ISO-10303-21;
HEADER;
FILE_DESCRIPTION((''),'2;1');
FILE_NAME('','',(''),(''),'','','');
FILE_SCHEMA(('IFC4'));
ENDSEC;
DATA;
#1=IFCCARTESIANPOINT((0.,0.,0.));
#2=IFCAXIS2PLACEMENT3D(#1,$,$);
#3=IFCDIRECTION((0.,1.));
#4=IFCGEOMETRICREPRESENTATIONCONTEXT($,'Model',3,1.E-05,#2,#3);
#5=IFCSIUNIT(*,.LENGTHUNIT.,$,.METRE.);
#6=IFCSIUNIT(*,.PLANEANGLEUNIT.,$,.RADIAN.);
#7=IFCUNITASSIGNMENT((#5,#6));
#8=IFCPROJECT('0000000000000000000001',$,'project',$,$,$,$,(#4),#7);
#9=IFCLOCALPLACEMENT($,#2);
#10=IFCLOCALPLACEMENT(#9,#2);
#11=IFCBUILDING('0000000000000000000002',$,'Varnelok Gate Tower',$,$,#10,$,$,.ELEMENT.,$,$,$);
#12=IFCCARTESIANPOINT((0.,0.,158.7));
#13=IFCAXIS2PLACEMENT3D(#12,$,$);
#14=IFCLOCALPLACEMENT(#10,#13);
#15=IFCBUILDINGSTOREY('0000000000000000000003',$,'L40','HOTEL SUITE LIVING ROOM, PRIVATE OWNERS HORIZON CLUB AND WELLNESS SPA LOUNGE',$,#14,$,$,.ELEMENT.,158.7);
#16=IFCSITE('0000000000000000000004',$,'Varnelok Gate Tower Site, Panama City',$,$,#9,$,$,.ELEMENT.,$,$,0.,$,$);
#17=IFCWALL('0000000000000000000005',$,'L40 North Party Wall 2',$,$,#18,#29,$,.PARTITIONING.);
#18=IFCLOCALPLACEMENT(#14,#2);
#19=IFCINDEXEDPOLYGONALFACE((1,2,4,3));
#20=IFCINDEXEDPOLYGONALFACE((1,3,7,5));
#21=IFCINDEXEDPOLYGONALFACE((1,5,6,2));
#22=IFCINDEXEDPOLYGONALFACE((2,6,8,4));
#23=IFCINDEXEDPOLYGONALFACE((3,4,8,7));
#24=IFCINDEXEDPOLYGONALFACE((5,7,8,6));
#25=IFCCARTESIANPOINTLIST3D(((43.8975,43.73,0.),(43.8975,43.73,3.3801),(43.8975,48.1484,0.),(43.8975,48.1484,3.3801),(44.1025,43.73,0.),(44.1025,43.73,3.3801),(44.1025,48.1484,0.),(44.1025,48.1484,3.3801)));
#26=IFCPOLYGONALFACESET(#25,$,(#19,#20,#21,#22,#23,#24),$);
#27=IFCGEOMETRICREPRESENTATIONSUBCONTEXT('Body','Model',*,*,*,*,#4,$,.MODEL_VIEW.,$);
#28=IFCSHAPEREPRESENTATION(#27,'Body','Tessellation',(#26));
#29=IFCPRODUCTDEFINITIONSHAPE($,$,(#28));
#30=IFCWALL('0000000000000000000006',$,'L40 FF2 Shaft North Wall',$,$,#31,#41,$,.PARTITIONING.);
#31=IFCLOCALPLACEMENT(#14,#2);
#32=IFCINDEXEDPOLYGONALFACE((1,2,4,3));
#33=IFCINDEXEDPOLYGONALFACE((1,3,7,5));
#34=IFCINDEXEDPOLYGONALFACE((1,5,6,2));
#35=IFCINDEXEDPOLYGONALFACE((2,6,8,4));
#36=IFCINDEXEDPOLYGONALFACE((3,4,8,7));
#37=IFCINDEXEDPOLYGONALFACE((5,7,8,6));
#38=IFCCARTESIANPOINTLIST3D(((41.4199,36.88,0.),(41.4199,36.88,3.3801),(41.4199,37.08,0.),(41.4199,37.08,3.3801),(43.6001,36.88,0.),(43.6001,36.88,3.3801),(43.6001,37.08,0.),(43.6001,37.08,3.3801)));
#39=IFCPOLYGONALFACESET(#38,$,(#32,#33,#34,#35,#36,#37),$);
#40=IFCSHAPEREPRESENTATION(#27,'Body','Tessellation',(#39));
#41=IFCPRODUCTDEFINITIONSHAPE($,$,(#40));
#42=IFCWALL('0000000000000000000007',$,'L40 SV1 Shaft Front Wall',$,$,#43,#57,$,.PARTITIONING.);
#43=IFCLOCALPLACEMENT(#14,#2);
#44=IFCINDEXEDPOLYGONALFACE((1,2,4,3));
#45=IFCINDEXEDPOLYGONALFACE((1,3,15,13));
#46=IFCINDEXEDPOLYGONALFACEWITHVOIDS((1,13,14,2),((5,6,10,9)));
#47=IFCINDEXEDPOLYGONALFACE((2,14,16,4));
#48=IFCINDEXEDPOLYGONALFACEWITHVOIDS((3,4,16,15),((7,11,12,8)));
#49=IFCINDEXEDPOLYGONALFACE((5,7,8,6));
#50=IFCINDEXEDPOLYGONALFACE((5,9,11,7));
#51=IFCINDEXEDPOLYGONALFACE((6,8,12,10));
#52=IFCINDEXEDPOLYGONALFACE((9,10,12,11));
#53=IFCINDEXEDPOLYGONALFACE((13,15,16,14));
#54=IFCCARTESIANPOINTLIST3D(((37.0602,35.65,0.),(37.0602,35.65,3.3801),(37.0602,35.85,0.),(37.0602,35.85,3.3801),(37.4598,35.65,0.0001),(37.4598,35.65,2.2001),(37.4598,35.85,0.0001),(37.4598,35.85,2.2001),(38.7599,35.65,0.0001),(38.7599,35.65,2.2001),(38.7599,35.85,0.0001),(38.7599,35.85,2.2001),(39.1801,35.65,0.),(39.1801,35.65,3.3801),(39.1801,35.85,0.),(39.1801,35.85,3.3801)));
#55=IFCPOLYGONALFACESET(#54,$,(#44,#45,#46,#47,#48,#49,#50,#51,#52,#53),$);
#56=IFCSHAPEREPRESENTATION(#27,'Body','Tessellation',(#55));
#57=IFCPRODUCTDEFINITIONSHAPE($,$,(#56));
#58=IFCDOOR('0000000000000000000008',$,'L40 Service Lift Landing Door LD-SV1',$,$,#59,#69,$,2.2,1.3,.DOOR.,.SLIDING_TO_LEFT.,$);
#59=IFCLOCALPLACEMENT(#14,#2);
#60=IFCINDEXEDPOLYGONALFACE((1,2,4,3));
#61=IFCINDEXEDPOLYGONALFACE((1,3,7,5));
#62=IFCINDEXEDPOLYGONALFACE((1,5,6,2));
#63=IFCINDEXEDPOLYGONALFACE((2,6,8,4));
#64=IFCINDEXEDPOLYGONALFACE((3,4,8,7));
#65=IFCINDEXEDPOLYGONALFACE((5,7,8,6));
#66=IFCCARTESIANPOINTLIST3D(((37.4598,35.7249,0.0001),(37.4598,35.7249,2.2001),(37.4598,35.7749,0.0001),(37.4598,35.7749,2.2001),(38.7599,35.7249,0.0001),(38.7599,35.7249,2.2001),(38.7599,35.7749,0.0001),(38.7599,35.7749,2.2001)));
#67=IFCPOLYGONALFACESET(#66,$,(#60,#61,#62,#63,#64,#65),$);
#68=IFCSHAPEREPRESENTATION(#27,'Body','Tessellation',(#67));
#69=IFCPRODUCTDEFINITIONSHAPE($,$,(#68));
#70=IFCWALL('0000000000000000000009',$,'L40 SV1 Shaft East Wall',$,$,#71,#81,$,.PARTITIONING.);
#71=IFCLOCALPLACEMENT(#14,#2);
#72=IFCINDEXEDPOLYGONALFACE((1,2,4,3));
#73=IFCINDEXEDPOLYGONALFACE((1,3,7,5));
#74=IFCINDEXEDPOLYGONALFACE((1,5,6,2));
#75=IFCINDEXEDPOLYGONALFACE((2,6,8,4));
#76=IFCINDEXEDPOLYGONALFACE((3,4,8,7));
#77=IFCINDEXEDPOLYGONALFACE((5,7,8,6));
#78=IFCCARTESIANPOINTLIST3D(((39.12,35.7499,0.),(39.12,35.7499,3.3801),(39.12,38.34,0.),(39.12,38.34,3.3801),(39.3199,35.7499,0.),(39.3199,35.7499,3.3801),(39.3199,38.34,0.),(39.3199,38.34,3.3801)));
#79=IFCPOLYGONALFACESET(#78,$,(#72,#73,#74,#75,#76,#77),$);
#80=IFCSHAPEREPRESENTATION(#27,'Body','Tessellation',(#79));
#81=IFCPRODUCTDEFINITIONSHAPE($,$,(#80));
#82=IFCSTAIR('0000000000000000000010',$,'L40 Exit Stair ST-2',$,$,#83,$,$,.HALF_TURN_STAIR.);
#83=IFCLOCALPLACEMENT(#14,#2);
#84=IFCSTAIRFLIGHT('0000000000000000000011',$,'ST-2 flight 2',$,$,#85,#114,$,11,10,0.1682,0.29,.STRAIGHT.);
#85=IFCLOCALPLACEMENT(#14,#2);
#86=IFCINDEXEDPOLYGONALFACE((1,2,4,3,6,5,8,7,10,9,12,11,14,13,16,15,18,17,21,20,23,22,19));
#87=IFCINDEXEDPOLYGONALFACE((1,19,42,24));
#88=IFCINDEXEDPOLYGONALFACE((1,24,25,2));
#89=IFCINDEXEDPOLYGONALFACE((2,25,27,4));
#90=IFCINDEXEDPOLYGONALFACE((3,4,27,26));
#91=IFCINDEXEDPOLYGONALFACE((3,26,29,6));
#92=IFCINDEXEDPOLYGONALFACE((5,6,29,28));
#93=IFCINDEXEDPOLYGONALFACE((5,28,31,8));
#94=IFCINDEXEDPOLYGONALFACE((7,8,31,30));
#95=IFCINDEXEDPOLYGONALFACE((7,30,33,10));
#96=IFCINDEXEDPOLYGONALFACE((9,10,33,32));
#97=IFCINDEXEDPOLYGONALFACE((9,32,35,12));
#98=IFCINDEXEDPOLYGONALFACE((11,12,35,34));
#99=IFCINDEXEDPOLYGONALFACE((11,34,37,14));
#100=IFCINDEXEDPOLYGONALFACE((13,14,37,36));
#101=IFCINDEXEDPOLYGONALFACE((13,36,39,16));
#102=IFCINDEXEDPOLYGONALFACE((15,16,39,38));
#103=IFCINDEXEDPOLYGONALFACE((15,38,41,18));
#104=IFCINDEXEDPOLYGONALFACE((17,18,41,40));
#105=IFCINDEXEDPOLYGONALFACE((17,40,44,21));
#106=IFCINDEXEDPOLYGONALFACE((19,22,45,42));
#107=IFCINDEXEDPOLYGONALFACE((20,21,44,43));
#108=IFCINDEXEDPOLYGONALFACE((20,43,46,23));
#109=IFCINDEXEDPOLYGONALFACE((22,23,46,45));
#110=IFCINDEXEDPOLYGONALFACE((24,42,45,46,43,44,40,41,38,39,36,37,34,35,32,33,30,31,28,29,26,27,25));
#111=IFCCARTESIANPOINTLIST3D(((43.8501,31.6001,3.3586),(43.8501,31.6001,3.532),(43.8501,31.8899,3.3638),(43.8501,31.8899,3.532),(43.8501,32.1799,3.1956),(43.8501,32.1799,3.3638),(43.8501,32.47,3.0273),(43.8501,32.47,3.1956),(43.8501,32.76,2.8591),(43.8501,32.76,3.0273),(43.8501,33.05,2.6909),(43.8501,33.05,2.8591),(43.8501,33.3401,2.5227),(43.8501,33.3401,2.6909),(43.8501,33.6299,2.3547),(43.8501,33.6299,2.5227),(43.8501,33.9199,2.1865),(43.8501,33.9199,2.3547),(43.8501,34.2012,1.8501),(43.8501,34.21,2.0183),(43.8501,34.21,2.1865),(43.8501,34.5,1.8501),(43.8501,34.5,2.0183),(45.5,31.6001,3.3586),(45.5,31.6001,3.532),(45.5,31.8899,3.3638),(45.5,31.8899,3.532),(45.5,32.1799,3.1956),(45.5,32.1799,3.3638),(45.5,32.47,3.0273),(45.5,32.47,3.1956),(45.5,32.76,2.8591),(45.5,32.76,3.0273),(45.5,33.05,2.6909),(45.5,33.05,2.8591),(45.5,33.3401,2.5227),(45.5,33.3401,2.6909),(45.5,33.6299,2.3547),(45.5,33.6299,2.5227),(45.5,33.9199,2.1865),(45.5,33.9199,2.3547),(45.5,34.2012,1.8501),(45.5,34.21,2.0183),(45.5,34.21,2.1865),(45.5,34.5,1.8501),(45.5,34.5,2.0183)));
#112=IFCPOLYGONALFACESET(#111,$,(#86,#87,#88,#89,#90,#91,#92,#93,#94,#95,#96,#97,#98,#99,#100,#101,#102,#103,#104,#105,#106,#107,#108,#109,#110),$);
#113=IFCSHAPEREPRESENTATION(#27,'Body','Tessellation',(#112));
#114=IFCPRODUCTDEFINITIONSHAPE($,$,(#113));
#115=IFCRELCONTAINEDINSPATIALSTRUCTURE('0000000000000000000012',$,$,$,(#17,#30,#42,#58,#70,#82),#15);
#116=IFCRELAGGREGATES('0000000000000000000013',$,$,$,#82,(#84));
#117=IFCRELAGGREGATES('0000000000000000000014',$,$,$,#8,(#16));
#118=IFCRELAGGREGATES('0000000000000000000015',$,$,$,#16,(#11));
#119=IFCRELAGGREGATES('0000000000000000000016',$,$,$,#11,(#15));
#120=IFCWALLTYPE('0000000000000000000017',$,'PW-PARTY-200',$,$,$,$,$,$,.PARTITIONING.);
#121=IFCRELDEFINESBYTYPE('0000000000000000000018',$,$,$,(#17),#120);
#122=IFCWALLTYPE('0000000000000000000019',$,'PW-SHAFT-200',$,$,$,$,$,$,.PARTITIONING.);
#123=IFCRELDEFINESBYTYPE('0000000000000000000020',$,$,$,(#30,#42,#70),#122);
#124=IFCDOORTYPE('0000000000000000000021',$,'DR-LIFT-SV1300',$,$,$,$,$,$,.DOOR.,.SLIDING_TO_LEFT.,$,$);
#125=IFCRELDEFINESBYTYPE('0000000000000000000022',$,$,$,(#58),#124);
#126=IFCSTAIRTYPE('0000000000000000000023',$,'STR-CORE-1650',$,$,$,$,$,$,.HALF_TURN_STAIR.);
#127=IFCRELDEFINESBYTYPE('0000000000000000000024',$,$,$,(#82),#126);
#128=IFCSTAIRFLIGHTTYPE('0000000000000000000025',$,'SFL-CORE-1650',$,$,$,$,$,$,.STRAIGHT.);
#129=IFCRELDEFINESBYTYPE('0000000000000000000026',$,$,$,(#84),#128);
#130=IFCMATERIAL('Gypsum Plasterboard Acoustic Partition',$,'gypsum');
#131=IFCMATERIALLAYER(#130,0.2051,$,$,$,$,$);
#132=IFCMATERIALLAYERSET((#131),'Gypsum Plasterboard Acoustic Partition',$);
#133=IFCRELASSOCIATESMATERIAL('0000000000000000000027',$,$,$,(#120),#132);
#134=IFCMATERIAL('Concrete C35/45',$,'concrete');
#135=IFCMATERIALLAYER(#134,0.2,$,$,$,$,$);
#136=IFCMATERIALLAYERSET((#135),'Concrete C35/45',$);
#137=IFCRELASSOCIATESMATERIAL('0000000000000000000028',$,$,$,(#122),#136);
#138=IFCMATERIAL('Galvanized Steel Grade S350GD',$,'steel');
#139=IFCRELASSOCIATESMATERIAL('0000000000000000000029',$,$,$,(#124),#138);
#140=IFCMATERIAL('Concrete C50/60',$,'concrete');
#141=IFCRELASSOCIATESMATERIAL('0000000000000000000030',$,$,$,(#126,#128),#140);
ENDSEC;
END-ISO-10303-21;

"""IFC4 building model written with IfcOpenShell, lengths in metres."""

from ifc_helpers import new_model, si_unit, direction, frame, frame_2d, origin, place, context, subcontext, project, spatial, polyline, rectangle, outline, extrude, material, layer, layer_set, type_object, element, fill, aggregate, save


model = new_model("IFC4")

# Units and contexts
model_context = context("Model", 3, precision=1e-05, world=origin(), true_north=direction((0.0, 1.0)))
body_context = subcontext(model_context, "Body", "Model", "MODEL_VIEW")
ifc_project = project(units=[si_unit("LENGTHUNIT", "METRE"), si_unit("PLANEANGLEUNIT", "RADIAN")], contexts=[model_context])

# Site, building, storey
site_placement = place(None, origin())
site = spatial("IfcSite", under=ifc_project, at=site_placement, Name="Varnelok Gate Tower Site, Panama City", CompositionType="ELEMENT", RefElevation=0.0)
building_placement = place(site_placement, origin())
building = spatial("IfcBuilding", under=site, at=building_placement, Name="Varnelok Gate Tower", CompositionType="ELEMENT")
storey_placement = place(building_placement, frame((0.0, 0.0, 158.7)))
storey = spatial("IfcBuildingStorey", under=building, at=storey_placement, Name="L40", Description="HOTEL SUITE LIVING ROOM, PRIVATE OWNERS HORIZON CLUB AND WELLNESS SPA LOUNGE", CompositionType="ELEMENT", Elevation=158.7)

# Shared definitions
ifc_material_1 = material(Name="Gypsum Plasterboard Acoustic Partition", Category="gypsum")
ifc_material_2 = material(Name="Galvanized Steel Grade S350GD", Category="steel")

# Walls
ifc_layer_1 = layer(ifc_material_1, 0.2051)
ifc_layer_set_1 = layer_set([ifc_layer_1], Name="Gypsum Plasterboard Acoustic Partition")
wall_type_1 = type_object("IfcWallType", Name="PW-PARTY-200", PredefinedType="PARTITIONING", material=ifc_layer_set_1)
wall_1_placement = place(storey_placement, frame((44.0, 43.73, 0.0), z_axis=(0.0, 0.0, 1.0), x_axis=(0.0, 1.0, 0.0)))
element("IfcWall", 1, at=wall_1_placement, inside=storey, type_object=wall_type_1, Name="L40 North Party Wall 2", PredefinedType="PARTITIONING", context=body_context, shape_type="SweptSolid", body=[
    extrude(rectangle(XDim=4.4185, YDim=0.2051, at=frame_2d((2.2092, 0.0))), origin(), (0.0, 0.0, 1.0), 3.3801),
])
ifc_material_3 = material(Name="Concrete C35/45", Category="concrete")
ifc_layer_2 = layer(ifc_material_3, 0.2)
ifc_layer_set_2 = layer_set([ifc_layer_2], Name="Concrete C35/45")
wall_type_2 = type_object("IfcWallType", Name="PW-SHAFT-200", PredefinedType="PARTITIONING", material=ifc_layer_set_2)
wall_2_placement = place(storey_placement, frame((41.4199, 36.98, 0.0), z_axis=(0.0, 0.0, 1.0), x_axis=(1.0, 0.0, 0.0)))
element("IfcWall", 2, at=wall_2_placement, inside=storey, type_object=wall_type_2, Name="L40 FF2 Shaft North Wall", PredefinedType="PARTITIONING", context=body_context, shape_type="SweptSolid", body=[
    extrude(rectangle(XDim=2.1802, YDim=0.2, at=frame_2d((1.0901, 0.0))), origin(), (0.0, 0.0, 1.0), 3.3801),
])

# Wall, opening, door
wall_3_placement = place(storey_placement, frame((37.0601, 35.75, 0.0), z_axis=(0.0, 0.0, 1.0), x_axis=(1.0, 0.0, 0.0)))
wall_3 = element("IfcWall", 3, at=wall_3_placement, inside=storey, type_object=wall_type_2, Name="L40 SV1 Shaft Front Wall", PredefinedType="PARTITIONING", context=body_context, shape_type="SweptSolid", body=[
    extrude(rectangle(XDim=2.1199, YDim=0.2, at=frame_2d((1.0601, 0.0))), origin(), (0.0, 0.0, 1.0), 3.3801),
])
opening_1_placement = place(wall_3_placement, frame((0.3999, 0.0, 0.0)))
opening_1 = element("IfcOpeningElement", 4, at=opening_1_placement, cuts=wall_3, PredefinedType="OPENING", context=body_context, shape_type="SweptSolid", body=[
    extrude(rectangle(XDim=1.3, YDim=2.2, at=frame_2d((0.6499, 1.1001))), frame((0.0, 0.1099, 0.0), z_axis=(0.0, -1.0, 0.0), x_axis=(1.0, 0.0, 0.0)), (0.0, 0.0, 1.0), 0.22),
])
door_type_1 = type_object("IfcDoorType", Name="DR-LIFT-SV1300", OperationType="SLIDING_TO_LEFT", PredefinedType="DOOR", material=ifc_material_2)
door_1_placement = place(opening_1_placement, origin())
door_1 = element("IfcDoor", 5, at=door_1_placement, inside=storey, type_object=door_type_1, Name="L40 Service Lift Landing Door LD-SV1", OperationType="SLIDING_TO_LEFT", OverallHeight=2.2, OverallWidth=1.3, PredefinedType="DOOR", context=body_context, shape_type="SweptSolid", body=[
    extrude(rectangle(XDim=1.3, YDim=2.2, at=frame_2d((0.6499, 1.1001))), frame((0.0, 0.0249, 0.0), z_axis=(0.0, -1.0, 0.0), x_axis=(1.0, 0.0, 0.0)), (0.0, 0.0, 1.0), 0.05),
])
fill(opening_1, door_1)

# Wall
wall_4_placement = place(storey_placement, frame((39.22, 35.75, 0.0), z_axis=(0.0, 0.0, 1.0), x_axis=(0.0, 1.0, 0.0)))
element("IfcWall", 6, at=wall_4_placement, inside=storey, type_object=wall_type_2, Name="L40 SV1 Shaft East Wall", PredefinedType="PARTITIONING", context=body_context, shape_type="SweptSolid", body=[
    extrude(rectangle(XDim=2.5901, YDim=0.2, at=frame_2d((1.2949, 0.0))), origin(), (0.0, 0.0, 1.0), 3.3801),
])

# Stair, stair flight
ifc_material_4 = material(Name="Concrete C50/60", Category="concrete")
stair_type = type_object("IfcStairType", Name="STR-CORE-1650", PredefinedType="HALF_TURN_STAIR", material=ifc_material_4)
stair_placement = place(storey_placement, origin())
stair = element("IfcStair", 7, at=stair_placement, inside=storey, type_object=stair_type, Name="L40 Exit Stair ST-2", PredefinedType="HALF_TURN_STAIR")
stair_flight_type = type_object("IfcStairFlightType", Name="SFL-CORE-1650", PredefinedType="STRAIGHT", material=ifc_material_4)
stair_flight_placement = place(storey_placement, frame((44.675, 34.5, 1.8501), z_axis=(0.0, 0.0, 1.0), x_axis=(0.0, -1.0, 0.0)))
stair_flight = element("IfcStairFlight", 8, at=stair_flight_placement, type_object=stair_flight_type, Name="ST-2 flight 2", NumberOfRisers=11, NumberOfTreads=10, PredefinedType="STRAIGHT", RiserHeight=0.1682, TreadLength=0.29, context=body_context, shape_type="SweptSolid", body=[
    extrude(outline(polyline([(0.0, 0.0), (0.0, 0.1682), (0.29, 0.1682), (0.29, 0.3364), (0.5801, 0.3364), (0.5801, 0.5046), (0.8701, 0.5046), (0.8701, 0.6726), (1.1599, 0.6726), (1.1599, 0.8408), (1.45, 0.8408), (1.45, 1.009), (1.74, 1.009), (1.74, 1.1772), (2.03, 1.1772), (2.03, 1.3455), (2.3201, 1.3455), (2.3201, 1.5137), (2.6101, 1.5137), (2.6101, 1.6819), (2.8999, 1.6819), (2.8999, 1.8501), (2.8999, 1.5085), (0.2988, 0.0), (0.0, 0.0)])), frame((0.0, 0.825, 0.0), z_axis=(0.0, -1.0, 0.0), x_axis=(1.0, 0.0, 0.0)), (0.0, 0.0, 1.0), 1.6499),
])
aggregate(stair, [stair_flight])

save(model, "model.ifc")
